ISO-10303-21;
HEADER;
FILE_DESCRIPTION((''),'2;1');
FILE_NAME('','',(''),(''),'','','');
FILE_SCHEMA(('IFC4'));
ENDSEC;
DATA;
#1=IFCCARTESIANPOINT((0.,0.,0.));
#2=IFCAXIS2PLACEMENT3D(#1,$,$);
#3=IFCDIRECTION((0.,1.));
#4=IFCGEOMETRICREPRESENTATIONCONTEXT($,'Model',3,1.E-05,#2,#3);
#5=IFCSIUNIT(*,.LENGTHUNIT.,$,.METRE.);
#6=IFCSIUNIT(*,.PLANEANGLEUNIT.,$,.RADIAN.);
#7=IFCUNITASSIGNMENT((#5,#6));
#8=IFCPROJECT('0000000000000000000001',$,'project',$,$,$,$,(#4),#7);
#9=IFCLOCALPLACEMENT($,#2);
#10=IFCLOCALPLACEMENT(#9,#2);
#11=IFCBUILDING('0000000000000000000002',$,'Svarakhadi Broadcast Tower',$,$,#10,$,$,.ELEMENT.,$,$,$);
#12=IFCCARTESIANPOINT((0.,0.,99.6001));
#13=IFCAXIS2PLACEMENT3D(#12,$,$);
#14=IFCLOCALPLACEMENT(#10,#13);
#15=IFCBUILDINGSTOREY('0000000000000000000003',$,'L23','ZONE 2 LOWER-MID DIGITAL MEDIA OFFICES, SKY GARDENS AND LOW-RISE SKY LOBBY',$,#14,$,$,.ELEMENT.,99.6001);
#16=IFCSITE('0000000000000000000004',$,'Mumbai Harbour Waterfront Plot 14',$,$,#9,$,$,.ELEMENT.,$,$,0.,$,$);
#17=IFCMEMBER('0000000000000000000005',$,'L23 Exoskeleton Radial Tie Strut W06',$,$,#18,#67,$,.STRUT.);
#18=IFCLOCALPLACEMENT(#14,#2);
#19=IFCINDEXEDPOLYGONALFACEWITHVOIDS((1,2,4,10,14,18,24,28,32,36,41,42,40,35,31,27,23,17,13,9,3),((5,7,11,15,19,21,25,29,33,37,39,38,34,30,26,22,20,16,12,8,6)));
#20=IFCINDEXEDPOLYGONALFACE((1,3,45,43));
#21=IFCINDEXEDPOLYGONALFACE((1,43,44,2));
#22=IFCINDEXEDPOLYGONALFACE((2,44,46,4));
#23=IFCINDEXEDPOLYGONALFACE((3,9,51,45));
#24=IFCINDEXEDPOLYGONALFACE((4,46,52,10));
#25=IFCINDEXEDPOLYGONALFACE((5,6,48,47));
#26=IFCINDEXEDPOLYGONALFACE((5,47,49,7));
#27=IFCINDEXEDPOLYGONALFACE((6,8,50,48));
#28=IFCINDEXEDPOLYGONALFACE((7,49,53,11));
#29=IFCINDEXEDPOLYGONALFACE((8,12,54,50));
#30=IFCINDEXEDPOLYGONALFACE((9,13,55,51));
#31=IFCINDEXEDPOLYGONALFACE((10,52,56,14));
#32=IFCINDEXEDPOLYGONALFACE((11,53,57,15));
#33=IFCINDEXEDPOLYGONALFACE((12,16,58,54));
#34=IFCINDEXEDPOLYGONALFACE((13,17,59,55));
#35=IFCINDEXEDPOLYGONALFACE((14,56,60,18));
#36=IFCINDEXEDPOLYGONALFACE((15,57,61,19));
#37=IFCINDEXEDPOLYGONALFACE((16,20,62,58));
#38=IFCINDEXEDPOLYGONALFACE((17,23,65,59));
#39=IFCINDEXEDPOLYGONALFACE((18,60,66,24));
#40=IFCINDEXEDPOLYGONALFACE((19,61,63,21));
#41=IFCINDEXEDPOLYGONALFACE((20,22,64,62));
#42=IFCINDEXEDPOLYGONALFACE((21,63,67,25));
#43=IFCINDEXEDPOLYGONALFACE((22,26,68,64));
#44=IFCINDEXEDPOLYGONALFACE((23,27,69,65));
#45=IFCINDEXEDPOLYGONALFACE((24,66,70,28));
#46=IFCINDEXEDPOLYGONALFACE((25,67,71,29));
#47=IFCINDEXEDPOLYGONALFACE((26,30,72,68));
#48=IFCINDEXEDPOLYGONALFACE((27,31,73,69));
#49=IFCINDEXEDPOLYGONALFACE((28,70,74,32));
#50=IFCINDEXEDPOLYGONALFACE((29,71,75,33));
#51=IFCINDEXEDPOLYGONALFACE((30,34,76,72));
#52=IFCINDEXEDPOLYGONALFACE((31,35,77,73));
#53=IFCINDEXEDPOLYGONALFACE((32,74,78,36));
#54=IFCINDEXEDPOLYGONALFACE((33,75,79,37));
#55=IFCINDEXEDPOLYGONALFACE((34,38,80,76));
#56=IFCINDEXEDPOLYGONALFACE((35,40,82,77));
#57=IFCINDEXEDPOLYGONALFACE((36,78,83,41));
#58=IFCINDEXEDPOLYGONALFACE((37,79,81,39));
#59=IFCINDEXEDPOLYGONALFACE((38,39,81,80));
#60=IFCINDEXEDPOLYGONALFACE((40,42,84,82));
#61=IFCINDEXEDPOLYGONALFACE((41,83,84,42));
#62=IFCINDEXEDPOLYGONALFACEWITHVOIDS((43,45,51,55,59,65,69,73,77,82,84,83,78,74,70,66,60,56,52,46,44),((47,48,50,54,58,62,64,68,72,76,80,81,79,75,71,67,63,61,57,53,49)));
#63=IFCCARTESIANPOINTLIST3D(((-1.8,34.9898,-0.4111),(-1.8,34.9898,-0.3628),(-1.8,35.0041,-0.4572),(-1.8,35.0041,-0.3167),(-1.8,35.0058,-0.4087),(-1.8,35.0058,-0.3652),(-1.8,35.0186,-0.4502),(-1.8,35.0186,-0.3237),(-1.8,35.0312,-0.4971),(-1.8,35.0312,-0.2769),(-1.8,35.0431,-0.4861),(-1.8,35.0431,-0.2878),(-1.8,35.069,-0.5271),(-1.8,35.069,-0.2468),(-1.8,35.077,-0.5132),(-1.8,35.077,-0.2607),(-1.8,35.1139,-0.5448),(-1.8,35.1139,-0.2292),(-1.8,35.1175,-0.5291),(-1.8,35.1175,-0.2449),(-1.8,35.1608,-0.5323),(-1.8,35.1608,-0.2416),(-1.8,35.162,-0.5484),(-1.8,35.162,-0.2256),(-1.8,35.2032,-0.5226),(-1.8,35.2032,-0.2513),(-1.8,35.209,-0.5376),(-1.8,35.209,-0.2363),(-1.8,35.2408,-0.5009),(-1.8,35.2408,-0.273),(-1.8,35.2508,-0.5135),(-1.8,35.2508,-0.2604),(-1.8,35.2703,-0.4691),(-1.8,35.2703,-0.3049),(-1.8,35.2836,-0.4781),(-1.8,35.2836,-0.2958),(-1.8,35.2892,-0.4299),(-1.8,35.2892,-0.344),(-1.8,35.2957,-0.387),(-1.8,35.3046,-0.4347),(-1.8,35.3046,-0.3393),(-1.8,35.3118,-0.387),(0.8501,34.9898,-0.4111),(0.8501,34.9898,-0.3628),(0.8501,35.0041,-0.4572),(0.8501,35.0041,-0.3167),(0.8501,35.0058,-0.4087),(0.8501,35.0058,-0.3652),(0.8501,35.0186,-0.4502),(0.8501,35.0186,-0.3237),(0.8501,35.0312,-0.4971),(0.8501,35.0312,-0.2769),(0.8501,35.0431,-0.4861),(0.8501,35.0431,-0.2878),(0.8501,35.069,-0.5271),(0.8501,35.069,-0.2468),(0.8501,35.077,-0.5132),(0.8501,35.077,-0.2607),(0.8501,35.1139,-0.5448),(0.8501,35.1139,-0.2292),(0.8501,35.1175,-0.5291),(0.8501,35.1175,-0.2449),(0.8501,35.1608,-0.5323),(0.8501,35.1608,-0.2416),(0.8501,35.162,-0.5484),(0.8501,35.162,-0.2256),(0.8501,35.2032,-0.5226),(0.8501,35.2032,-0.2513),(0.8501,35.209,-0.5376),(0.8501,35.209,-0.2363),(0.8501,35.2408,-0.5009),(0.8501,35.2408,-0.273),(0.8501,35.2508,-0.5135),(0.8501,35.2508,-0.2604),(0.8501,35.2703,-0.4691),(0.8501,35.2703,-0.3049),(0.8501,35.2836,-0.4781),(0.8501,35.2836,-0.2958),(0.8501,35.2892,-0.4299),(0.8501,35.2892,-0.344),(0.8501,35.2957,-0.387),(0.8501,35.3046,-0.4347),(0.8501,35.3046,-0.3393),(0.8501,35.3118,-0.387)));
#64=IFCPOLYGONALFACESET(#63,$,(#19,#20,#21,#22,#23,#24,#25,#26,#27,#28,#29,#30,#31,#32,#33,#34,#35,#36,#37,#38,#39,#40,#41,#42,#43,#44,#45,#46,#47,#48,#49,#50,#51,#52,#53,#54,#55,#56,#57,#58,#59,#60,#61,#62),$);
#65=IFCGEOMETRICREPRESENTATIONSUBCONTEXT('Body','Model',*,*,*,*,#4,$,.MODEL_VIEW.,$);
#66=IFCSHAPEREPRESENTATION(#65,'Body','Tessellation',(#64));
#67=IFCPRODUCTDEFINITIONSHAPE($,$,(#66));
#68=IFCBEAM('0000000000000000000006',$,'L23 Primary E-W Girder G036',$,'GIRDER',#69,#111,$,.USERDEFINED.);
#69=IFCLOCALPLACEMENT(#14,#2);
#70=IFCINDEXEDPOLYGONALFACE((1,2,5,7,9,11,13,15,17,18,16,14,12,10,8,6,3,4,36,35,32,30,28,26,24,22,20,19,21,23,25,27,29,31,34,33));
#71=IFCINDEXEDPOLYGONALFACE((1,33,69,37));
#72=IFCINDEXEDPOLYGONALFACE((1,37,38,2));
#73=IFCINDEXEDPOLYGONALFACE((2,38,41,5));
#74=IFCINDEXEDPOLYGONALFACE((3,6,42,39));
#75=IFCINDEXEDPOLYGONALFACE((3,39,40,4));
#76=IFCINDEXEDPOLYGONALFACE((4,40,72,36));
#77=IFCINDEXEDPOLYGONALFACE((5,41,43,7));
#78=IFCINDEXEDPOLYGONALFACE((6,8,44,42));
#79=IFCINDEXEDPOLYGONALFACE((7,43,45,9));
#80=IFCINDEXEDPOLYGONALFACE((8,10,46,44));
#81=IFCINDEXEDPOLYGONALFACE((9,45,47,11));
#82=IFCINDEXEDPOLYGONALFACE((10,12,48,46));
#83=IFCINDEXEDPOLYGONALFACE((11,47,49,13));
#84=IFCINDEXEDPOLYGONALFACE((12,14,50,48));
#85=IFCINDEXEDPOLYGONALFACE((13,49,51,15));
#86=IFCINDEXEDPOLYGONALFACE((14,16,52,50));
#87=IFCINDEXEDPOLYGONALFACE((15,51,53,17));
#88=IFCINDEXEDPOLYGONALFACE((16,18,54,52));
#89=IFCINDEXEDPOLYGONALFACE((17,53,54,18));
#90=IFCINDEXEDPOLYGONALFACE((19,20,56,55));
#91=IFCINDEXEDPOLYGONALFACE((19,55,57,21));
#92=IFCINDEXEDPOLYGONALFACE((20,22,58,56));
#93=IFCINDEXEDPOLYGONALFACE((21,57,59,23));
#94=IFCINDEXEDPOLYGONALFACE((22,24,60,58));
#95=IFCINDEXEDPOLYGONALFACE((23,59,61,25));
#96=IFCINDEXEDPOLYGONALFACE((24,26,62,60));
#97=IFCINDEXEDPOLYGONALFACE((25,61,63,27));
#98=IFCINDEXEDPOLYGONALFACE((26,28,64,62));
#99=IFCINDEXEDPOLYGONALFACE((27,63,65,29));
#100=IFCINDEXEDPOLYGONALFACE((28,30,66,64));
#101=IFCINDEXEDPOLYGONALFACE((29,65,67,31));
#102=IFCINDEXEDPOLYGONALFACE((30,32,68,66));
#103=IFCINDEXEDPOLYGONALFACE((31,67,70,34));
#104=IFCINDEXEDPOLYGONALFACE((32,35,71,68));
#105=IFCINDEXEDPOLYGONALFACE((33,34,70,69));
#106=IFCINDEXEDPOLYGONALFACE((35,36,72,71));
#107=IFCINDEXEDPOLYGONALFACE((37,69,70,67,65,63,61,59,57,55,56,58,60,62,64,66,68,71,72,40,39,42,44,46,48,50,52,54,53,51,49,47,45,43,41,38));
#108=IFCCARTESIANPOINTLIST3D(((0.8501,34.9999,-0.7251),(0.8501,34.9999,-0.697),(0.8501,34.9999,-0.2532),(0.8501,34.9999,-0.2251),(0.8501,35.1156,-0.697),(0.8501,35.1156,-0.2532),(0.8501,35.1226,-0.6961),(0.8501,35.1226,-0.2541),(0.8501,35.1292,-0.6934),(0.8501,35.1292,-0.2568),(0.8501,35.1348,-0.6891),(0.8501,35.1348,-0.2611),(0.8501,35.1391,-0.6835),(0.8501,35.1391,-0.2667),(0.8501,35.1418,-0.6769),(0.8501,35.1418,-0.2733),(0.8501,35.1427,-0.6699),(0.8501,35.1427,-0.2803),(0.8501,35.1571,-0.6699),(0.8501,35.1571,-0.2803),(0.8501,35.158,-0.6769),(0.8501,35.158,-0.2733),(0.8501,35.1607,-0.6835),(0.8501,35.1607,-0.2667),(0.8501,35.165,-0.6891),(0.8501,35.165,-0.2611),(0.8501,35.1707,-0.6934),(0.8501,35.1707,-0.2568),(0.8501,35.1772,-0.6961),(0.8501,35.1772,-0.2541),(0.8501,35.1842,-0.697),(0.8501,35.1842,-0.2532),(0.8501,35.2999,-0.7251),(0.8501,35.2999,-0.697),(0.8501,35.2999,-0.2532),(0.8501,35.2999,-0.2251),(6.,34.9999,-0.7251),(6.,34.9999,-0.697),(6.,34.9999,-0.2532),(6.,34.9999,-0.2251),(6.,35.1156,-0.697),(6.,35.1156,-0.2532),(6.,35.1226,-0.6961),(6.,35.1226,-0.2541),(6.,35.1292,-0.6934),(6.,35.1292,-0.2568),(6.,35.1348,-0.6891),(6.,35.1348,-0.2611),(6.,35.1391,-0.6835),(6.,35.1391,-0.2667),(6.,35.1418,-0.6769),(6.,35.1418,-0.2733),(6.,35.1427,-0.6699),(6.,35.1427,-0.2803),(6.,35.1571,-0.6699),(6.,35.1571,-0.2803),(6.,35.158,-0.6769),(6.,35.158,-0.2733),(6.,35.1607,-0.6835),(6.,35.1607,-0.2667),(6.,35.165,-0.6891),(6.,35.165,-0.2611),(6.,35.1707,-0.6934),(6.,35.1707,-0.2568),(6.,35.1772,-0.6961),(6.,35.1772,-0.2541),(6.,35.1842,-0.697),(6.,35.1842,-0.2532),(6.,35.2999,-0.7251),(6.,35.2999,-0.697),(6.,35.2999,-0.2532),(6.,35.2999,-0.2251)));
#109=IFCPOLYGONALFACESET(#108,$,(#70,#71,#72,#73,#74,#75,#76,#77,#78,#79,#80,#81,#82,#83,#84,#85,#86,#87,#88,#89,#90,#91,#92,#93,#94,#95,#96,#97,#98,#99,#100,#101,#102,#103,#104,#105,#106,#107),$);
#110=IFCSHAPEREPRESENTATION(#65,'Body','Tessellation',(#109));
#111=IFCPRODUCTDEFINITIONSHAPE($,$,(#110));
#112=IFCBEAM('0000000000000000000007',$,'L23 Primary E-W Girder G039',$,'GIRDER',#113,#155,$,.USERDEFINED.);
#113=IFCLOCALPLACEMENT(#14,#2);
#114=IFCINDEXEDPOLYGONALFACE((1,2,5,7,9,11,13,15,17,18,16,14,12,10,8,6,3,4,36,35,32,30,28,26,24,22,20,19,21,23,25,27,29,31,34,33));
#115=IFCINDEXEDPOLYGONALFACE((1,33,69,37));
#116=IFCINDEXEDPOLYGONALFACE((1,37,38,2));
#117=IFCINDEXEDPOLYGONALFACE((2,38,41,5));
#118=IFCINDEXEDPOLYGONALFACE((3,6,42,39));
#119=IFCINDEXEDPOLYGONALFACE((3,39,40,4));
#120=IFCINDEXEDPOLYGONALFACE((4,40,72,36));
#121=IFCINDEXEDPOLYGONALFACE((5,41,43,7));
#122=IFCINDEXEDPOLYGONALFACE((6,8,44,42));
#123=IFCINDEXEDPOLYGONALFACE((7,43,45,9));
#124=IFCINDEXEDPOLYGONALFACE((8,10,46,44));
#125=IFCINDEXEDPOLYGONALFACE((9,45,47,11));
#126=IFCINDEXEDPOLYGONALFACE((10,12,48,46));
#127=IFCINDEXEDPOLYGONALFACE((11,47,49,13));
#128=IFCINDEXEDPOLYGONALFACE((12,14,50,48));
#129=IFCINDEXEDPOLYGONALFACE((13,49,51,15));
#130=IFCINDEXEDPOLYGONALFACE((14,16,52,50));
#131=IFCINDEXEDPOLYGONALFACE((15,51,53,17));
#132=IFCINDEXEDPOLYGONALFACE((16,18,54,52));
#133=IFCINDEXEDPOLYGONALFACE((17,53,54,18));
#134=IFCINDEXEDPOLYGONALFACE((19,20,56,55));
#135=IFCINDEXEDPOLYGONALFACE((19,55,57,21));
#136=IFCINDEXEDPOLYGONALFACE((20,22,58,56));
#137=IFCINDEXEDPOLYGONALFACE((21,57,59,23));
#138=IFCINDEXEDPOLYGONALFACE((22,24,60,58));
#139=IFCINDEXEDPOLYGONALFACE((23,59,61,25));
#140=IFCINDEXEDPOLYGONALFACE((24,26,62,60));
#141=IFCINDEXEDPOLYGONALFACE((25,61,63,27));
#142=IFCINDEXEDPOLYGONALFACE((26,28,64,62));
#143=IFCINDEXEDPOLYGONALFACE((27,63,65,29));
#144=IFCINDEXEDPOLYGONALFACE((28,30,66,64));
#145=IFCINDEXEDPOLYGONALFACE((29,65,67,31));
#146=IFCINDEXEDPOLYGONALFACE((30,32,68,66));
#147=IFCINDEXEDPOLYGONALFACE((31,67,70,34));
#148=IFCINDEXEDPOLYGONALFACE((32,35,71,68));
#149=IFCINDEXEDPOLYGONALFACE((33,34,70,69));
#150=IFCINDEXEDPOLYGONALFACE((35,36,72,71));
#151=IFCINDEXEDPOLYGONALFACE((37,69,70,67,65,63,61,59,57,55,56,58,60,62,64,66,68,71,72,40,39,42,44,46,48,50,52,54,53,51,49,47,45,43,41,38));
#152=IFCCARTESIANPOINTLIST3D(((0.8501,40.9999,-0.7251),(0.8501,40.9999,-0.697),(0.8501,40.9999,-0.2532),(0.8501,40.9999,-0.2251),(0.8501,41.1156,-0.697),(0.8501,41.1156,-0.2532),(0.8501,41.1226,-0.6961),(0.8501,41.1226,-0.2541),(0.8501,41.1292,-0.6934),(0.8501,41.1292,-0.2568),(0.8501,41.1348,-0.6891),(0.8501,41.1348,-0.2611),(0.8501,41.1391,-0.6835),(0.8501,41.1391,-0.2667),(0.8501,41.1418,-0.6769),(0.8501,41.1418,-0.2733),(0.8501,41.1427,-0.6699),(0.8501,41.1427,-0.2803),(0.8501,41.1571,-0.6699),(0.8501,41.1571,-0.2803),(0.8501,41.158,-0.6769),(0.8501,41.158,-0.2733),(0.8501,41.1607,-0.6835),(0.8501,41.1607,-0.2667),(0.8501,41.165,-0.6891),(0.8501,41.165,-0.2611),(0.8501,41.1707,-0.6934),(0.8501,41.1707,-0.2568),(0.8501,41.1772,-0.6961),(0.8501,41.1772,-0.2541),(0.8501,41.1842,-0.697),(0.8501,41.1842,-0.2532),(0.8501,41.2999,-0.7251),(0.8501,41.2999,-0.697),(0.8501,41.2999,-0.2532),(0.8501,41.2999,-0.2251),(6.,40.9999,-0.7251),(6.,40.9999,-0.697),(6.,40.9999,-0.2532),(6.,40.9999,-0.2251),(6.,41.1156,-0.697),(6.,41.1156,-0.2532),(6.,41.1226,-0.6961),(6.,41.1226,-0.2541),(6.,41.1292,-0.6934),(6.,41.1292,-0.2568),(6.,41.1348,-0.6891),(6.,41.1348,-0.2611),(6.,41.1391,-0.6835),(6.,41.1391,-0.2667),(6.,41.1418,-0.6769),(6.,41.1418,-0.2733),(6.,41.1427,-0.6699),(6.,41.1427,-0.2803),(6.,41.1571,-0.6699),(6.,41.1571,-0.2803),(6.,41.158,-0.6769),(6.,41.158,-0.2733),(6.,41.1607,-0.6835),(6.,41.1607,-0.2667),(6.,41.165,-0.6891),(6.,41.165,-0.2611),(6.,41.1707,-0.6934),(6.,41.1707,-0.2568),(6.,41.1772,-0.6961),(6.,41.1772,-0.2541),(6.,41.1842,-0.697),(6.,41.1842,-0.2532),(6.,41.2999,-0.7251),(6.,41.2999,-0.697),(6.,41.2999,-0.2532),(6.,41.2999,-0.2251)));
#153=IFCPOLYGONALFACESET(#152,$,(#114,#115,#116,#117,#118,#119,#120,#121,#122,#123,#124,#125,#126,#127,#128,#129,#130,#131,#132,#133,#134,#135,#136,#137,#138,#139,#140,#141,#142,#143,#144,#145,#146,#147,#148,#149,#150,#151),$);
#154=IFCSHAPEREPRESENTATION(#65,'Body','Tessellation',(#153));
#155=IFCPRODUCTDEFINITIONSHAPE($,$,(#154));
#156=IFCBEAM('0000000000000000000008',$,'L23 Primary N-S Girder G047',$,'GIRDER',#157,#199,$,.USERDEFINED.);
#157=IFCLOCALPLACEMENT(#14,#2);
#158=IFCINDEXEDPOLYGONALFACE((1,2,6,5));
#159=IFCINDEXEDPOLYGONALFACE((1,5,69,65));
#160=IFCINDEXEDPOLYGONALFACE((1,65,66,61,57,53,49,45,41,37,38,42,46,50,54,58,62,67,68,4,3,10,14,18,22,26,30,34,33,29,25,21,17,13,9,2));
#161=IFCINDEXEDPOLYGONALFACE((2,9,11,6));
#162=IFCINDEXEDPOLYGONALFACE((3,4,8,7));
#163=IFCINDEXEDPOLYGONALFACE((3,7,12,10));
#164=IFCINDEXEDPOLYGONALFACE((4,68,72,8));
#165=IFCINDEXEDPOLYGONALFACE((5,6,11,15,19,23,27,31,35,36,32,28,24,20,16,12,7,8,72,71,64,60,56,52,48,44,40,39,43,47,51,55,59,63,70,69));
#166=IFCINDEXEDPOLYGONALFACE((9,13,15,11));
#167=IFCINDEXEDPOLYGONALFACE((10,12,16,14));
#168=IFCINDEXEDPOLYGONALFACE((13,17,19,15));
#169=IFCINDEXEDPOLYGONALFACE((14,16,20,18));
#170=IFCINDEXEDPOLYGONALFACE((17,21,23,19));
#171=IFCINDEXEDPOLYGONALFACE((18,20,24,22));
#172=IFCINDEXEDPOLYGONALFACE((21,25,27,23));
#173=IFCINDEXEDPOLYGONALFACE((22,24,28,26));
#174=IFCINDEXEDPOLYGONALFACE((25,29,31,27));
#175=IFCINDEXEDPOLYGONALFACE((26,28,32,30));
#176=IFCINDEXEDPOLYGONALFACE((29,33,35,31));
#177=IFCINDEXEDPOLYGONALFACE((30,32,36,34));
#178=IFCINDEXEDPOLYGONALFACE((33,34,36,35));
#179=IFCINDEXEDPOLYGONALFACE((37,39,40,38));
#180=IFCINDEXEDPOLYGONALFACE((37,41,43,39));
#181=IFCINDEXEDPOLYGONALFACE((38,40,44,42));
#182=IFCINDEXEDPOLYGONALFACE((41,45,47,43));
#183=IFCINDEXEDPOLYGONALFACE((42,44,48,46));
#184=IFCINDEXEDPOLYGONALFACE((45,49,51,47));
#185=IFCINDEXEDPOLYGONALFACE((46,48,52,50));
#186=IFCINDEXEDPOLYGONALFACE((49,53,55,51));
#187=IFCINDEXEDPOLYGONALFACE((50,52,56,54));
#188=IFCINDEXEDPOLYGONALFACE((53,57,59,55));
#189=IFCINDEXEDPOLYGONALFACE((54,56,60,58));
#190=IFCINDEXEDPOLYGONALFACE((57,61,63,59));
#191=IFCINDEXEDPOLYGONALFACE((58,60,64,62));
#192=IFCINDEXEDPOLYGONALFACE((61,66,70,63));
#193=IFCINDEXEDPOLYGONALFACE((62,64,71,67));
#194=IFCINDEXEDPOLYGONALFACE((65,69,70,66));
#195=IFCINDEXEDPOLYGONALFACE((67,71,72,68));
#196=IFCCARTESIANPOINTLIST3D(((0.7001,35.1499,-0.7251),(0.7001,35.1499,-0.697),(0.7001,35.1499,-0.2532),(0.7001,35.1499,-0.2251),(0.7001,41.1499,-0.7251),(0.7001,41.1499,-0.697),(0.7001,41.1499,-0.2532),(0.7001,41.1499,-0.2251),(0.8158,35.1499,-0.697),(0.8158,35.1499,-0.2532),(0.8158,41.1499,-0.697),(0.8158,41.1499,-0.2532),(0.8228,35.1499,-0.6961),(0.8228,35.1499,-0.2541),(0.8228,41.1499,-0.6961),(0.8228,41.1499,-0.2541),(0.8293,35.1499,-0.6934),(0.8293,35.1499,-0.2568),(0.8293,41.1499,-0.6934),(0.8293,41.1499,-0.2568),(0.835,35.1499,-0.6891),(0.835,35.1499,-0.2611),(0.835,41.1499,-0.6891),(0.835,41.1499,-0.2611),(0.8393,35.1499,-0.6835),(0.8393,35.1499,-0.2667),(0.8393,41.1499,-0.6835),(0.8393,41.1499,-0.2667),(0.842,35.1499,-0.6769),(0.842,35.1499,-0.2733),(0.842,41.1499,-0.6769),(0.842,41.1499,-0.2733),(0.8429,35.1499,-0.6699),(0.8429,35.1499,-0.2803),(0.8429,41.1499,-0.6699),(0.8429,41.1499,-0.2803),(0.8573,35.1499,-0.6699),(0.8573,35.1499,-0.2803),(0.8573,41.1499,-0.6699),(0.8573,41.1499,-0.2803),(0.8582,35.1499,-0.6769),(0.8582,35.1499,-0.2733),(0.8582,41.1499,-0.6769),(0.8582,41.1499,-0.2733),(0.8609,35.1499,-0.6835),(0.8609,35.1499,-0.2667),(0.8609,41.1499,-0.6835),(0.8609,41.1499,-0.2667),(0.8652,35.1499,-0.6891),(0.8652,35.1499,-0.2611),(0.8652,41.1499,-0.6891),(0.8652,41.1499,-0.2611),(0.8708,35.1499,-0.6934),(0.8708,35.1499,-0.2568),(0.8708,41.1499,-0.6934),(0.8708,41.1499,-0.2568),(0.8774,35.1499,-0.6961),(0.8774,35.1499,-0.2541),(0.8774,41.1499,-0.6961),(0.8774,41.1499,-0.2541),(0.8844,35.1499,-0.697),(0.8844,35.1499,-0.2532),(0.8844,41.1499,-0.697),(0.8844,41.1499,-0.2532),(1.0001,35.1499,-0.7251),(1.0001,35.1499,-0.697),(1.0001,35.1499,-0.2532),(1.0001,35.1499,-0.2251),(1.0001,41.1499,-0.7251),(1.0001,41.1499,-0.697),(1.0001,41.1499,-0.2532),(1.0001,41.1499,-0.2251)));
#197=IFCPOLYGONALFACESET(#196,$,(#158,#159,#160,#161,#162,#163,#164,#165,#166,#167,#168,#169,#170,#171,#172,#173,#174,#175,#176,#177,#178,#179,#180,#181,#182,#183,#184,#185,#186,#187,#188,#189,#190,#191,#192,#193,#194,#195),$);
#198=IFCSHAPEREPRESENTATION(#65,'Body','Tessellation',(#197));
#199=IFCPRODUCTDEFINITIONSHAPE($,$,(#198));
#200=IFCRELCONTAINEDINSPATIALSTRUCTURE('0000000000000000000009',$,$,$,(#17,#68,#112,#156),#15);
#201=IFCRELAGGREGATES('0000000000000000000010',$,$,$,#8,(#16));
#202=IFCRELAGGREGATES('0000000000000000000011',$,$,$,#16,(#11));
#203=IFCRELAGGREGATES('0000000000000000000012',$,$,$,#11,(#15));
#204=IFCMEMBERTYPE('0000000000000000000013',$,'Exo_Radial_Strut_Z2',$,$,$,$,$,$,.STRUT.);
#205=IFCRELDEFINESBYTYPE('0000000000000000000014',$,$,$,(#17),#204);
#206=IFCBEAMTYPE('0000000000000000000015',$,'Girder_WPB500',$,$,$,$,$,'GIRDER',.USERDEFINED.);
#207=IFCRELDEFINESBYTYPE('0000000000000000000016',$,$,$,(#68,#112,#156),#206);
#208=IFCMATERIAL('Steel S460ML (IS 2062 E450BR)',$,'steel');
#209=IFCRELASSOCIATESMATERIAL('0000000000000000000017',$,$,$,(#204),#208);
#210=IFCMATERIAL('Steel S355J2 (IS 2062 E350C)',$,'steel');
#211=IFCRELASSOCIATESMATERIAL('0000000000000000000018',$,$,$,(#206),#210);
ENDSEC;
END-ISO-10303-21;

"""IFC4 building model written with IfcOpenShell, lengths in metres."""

from ifc_helpers import new_model, si_unit, direction, frame, origin, origin_2d, place, context, subcontext, project, spatial, hollow_circle, i_section, extrude, material, material_profile, profile_set, type_object, element, save


model = new_model("IFC4")

# Units and contexts
model_context = context("Model", 3, precision=1e-05, world=origin(), true_north=direction((0.0, 1.0)))
body_context = subcontext(model_context, "Body", "Model", "MODEL_VIEW")
ifc_project = project(units=[si_unit("LENGTHUNIT", "METRE"), si_unit("PLANEANGLEUNIT", "RADIAN")], contexts=[model_context])

# Site, building, storey
site_placement = place(None, origin())
site = spatial("IfcSite", under=ifc_project, at=site_placement, Name="Mumbai Harbour Waterfront Plot 14", CompositionType="ELEMENT", RefElevation=0.0)
building_placement = place(site_placement, origin())
building = spatial("IfcBuilding", under=site, at=building_placement, Name="Svarakhadi Broadcast Tower", CompositionType="ELEMENT")
storey_placement = place(building_placement, frame((0.0, 0.0, 99.6001)))
storey = spatial("IfcBuildingStorey", under=building, at=storey_placement, Name="L23", Description="ZONE 2 LOWER-MID DIGITAL MEDIA OFFICES, SKY GARDENS AND LOW-RISE SKY LOBBY", CompositionType="ELEMENT", Elevation=99.6001)

# Shared definitions
ifc_material_1 = material(Name="Steel S355J2 (IS 2062 E350C)", Category="steel")

# Member
ifc_material_2 = material(Name="Steel S460ML (IS 2062 E450BR)", Category="steel")
ifc_material_profile_1 = material_profile(ifc_material_2, hollow_circle(Radius=0.1619, WallThickness=0.0161, at=origin_2d()), Name="CHS 323.9x16")
ifc_profile_set_1 = profile_set([ifc_material_profile_1], Name="Steel S460ML (IS 2062 E450BR)")
member_type_1 = type_object("IfcMemberType", Name="Exo_Radial_Strut_Z2", PredefinedType="STRUT", material=ifc_profile_set_1)
member_1_placement = place(storey_placement, frame((-1.8, 35.1499, -0.387), z_axis=(1.0, 0.0, 0.0), x_axis=(0.0, 1.0, 0.0)))
element("IfcMember", 1, at=member_1_placement, inside=storey, type_object=member_type_1, Name="L23 Exoskeleton Radial Tie Strut W06", PredefinedType="STRUT", context=body_context, shape_type="SweptSolid", body=[
    extrude(hollow_circle(Radius=0.1619, WallThickness=0.0161, at=origin_2d()), origin(), (0.0, 0.0, 1.0), 2.6501),
])

# Beams
ifc_material_profile_2 = material_profile(ifc_material_1, i_section(OverallWidth=0.3, OverallDepth=0.5, WebThickness=0.0144, FlangeThickness=0.0281, FilletRadius=0.0271, at=origin_2d()), Name="WPB 500x300x187")
ifc_profile_set_2 = profile_set([ifc_material_profile_2], Name="Steel S355J2 (IS 2062 E350C)")
beam_type_1 = type_object("IfcBeamType", Name="Girder_WPB500", ElementType="GIRDER", PredefinedType="USERDEFINED", material=ifc_profile_set_2)
for number, where, z_axis, x_axis, name in (
    (2, (0.8501, 35.1499, -0.4751), (1.0, 0.0, 0.0), (0.0, 1.0, 0.0), "L23 Primary E-W Girder G036"),
    (3, (0.8501, 41.1499, -0.4751), (1.0, 0.0, 0.0), (0.0, 1.0, 0.0), "L23 Primary E-W Girder G039"),
):
    element("IfcBeam", number, at=place(storey_placement, frame(where, z_axis=z_axis, x_axis=x_axis)), inside=storey, type_object=beam_type_1, Name=name, ObjectType="GIRDER", PredefinedType="USERDEFINED", context=body_context, shape_type="SweptSolid", body=[
        extrude(i_section(OverallWidth=0.3, OverallDepth=0.5, WebThickness=0.0144, FlangeThickness=0.0281, FilletRadius=0.0271, at=origin_2d()), origin(), (0.0, 0.0, 1.0), 5.1499),
    ])
beam_placement = place(storey_placement, frame((0.8501, 35.1499, -0.4751), z_axis=(0.0, 1.0, 0.0), x_axis=(-1.0, 0.0, 0.0)))
element("IfcBeam", 4, at=beam_placement, inside=storey, type_object=beam_type_1, Name="L23 Primary N-S Girder G047", ObjectType="GIRDER", PredefinedType="USERDEFINED", context=body_context, shape_type="SweptSolid", body=[
    extrude(i_section(OverallWidth=0.3, OverallDepth=0.5, WebThickness=0.0144, FlangeThickness=0.0281, FilletRadius=0.0271, at=origin_2d()), origin(), (0.0, 0.0, 1.0), 6.0),
])

save(model, "model.ifc")
